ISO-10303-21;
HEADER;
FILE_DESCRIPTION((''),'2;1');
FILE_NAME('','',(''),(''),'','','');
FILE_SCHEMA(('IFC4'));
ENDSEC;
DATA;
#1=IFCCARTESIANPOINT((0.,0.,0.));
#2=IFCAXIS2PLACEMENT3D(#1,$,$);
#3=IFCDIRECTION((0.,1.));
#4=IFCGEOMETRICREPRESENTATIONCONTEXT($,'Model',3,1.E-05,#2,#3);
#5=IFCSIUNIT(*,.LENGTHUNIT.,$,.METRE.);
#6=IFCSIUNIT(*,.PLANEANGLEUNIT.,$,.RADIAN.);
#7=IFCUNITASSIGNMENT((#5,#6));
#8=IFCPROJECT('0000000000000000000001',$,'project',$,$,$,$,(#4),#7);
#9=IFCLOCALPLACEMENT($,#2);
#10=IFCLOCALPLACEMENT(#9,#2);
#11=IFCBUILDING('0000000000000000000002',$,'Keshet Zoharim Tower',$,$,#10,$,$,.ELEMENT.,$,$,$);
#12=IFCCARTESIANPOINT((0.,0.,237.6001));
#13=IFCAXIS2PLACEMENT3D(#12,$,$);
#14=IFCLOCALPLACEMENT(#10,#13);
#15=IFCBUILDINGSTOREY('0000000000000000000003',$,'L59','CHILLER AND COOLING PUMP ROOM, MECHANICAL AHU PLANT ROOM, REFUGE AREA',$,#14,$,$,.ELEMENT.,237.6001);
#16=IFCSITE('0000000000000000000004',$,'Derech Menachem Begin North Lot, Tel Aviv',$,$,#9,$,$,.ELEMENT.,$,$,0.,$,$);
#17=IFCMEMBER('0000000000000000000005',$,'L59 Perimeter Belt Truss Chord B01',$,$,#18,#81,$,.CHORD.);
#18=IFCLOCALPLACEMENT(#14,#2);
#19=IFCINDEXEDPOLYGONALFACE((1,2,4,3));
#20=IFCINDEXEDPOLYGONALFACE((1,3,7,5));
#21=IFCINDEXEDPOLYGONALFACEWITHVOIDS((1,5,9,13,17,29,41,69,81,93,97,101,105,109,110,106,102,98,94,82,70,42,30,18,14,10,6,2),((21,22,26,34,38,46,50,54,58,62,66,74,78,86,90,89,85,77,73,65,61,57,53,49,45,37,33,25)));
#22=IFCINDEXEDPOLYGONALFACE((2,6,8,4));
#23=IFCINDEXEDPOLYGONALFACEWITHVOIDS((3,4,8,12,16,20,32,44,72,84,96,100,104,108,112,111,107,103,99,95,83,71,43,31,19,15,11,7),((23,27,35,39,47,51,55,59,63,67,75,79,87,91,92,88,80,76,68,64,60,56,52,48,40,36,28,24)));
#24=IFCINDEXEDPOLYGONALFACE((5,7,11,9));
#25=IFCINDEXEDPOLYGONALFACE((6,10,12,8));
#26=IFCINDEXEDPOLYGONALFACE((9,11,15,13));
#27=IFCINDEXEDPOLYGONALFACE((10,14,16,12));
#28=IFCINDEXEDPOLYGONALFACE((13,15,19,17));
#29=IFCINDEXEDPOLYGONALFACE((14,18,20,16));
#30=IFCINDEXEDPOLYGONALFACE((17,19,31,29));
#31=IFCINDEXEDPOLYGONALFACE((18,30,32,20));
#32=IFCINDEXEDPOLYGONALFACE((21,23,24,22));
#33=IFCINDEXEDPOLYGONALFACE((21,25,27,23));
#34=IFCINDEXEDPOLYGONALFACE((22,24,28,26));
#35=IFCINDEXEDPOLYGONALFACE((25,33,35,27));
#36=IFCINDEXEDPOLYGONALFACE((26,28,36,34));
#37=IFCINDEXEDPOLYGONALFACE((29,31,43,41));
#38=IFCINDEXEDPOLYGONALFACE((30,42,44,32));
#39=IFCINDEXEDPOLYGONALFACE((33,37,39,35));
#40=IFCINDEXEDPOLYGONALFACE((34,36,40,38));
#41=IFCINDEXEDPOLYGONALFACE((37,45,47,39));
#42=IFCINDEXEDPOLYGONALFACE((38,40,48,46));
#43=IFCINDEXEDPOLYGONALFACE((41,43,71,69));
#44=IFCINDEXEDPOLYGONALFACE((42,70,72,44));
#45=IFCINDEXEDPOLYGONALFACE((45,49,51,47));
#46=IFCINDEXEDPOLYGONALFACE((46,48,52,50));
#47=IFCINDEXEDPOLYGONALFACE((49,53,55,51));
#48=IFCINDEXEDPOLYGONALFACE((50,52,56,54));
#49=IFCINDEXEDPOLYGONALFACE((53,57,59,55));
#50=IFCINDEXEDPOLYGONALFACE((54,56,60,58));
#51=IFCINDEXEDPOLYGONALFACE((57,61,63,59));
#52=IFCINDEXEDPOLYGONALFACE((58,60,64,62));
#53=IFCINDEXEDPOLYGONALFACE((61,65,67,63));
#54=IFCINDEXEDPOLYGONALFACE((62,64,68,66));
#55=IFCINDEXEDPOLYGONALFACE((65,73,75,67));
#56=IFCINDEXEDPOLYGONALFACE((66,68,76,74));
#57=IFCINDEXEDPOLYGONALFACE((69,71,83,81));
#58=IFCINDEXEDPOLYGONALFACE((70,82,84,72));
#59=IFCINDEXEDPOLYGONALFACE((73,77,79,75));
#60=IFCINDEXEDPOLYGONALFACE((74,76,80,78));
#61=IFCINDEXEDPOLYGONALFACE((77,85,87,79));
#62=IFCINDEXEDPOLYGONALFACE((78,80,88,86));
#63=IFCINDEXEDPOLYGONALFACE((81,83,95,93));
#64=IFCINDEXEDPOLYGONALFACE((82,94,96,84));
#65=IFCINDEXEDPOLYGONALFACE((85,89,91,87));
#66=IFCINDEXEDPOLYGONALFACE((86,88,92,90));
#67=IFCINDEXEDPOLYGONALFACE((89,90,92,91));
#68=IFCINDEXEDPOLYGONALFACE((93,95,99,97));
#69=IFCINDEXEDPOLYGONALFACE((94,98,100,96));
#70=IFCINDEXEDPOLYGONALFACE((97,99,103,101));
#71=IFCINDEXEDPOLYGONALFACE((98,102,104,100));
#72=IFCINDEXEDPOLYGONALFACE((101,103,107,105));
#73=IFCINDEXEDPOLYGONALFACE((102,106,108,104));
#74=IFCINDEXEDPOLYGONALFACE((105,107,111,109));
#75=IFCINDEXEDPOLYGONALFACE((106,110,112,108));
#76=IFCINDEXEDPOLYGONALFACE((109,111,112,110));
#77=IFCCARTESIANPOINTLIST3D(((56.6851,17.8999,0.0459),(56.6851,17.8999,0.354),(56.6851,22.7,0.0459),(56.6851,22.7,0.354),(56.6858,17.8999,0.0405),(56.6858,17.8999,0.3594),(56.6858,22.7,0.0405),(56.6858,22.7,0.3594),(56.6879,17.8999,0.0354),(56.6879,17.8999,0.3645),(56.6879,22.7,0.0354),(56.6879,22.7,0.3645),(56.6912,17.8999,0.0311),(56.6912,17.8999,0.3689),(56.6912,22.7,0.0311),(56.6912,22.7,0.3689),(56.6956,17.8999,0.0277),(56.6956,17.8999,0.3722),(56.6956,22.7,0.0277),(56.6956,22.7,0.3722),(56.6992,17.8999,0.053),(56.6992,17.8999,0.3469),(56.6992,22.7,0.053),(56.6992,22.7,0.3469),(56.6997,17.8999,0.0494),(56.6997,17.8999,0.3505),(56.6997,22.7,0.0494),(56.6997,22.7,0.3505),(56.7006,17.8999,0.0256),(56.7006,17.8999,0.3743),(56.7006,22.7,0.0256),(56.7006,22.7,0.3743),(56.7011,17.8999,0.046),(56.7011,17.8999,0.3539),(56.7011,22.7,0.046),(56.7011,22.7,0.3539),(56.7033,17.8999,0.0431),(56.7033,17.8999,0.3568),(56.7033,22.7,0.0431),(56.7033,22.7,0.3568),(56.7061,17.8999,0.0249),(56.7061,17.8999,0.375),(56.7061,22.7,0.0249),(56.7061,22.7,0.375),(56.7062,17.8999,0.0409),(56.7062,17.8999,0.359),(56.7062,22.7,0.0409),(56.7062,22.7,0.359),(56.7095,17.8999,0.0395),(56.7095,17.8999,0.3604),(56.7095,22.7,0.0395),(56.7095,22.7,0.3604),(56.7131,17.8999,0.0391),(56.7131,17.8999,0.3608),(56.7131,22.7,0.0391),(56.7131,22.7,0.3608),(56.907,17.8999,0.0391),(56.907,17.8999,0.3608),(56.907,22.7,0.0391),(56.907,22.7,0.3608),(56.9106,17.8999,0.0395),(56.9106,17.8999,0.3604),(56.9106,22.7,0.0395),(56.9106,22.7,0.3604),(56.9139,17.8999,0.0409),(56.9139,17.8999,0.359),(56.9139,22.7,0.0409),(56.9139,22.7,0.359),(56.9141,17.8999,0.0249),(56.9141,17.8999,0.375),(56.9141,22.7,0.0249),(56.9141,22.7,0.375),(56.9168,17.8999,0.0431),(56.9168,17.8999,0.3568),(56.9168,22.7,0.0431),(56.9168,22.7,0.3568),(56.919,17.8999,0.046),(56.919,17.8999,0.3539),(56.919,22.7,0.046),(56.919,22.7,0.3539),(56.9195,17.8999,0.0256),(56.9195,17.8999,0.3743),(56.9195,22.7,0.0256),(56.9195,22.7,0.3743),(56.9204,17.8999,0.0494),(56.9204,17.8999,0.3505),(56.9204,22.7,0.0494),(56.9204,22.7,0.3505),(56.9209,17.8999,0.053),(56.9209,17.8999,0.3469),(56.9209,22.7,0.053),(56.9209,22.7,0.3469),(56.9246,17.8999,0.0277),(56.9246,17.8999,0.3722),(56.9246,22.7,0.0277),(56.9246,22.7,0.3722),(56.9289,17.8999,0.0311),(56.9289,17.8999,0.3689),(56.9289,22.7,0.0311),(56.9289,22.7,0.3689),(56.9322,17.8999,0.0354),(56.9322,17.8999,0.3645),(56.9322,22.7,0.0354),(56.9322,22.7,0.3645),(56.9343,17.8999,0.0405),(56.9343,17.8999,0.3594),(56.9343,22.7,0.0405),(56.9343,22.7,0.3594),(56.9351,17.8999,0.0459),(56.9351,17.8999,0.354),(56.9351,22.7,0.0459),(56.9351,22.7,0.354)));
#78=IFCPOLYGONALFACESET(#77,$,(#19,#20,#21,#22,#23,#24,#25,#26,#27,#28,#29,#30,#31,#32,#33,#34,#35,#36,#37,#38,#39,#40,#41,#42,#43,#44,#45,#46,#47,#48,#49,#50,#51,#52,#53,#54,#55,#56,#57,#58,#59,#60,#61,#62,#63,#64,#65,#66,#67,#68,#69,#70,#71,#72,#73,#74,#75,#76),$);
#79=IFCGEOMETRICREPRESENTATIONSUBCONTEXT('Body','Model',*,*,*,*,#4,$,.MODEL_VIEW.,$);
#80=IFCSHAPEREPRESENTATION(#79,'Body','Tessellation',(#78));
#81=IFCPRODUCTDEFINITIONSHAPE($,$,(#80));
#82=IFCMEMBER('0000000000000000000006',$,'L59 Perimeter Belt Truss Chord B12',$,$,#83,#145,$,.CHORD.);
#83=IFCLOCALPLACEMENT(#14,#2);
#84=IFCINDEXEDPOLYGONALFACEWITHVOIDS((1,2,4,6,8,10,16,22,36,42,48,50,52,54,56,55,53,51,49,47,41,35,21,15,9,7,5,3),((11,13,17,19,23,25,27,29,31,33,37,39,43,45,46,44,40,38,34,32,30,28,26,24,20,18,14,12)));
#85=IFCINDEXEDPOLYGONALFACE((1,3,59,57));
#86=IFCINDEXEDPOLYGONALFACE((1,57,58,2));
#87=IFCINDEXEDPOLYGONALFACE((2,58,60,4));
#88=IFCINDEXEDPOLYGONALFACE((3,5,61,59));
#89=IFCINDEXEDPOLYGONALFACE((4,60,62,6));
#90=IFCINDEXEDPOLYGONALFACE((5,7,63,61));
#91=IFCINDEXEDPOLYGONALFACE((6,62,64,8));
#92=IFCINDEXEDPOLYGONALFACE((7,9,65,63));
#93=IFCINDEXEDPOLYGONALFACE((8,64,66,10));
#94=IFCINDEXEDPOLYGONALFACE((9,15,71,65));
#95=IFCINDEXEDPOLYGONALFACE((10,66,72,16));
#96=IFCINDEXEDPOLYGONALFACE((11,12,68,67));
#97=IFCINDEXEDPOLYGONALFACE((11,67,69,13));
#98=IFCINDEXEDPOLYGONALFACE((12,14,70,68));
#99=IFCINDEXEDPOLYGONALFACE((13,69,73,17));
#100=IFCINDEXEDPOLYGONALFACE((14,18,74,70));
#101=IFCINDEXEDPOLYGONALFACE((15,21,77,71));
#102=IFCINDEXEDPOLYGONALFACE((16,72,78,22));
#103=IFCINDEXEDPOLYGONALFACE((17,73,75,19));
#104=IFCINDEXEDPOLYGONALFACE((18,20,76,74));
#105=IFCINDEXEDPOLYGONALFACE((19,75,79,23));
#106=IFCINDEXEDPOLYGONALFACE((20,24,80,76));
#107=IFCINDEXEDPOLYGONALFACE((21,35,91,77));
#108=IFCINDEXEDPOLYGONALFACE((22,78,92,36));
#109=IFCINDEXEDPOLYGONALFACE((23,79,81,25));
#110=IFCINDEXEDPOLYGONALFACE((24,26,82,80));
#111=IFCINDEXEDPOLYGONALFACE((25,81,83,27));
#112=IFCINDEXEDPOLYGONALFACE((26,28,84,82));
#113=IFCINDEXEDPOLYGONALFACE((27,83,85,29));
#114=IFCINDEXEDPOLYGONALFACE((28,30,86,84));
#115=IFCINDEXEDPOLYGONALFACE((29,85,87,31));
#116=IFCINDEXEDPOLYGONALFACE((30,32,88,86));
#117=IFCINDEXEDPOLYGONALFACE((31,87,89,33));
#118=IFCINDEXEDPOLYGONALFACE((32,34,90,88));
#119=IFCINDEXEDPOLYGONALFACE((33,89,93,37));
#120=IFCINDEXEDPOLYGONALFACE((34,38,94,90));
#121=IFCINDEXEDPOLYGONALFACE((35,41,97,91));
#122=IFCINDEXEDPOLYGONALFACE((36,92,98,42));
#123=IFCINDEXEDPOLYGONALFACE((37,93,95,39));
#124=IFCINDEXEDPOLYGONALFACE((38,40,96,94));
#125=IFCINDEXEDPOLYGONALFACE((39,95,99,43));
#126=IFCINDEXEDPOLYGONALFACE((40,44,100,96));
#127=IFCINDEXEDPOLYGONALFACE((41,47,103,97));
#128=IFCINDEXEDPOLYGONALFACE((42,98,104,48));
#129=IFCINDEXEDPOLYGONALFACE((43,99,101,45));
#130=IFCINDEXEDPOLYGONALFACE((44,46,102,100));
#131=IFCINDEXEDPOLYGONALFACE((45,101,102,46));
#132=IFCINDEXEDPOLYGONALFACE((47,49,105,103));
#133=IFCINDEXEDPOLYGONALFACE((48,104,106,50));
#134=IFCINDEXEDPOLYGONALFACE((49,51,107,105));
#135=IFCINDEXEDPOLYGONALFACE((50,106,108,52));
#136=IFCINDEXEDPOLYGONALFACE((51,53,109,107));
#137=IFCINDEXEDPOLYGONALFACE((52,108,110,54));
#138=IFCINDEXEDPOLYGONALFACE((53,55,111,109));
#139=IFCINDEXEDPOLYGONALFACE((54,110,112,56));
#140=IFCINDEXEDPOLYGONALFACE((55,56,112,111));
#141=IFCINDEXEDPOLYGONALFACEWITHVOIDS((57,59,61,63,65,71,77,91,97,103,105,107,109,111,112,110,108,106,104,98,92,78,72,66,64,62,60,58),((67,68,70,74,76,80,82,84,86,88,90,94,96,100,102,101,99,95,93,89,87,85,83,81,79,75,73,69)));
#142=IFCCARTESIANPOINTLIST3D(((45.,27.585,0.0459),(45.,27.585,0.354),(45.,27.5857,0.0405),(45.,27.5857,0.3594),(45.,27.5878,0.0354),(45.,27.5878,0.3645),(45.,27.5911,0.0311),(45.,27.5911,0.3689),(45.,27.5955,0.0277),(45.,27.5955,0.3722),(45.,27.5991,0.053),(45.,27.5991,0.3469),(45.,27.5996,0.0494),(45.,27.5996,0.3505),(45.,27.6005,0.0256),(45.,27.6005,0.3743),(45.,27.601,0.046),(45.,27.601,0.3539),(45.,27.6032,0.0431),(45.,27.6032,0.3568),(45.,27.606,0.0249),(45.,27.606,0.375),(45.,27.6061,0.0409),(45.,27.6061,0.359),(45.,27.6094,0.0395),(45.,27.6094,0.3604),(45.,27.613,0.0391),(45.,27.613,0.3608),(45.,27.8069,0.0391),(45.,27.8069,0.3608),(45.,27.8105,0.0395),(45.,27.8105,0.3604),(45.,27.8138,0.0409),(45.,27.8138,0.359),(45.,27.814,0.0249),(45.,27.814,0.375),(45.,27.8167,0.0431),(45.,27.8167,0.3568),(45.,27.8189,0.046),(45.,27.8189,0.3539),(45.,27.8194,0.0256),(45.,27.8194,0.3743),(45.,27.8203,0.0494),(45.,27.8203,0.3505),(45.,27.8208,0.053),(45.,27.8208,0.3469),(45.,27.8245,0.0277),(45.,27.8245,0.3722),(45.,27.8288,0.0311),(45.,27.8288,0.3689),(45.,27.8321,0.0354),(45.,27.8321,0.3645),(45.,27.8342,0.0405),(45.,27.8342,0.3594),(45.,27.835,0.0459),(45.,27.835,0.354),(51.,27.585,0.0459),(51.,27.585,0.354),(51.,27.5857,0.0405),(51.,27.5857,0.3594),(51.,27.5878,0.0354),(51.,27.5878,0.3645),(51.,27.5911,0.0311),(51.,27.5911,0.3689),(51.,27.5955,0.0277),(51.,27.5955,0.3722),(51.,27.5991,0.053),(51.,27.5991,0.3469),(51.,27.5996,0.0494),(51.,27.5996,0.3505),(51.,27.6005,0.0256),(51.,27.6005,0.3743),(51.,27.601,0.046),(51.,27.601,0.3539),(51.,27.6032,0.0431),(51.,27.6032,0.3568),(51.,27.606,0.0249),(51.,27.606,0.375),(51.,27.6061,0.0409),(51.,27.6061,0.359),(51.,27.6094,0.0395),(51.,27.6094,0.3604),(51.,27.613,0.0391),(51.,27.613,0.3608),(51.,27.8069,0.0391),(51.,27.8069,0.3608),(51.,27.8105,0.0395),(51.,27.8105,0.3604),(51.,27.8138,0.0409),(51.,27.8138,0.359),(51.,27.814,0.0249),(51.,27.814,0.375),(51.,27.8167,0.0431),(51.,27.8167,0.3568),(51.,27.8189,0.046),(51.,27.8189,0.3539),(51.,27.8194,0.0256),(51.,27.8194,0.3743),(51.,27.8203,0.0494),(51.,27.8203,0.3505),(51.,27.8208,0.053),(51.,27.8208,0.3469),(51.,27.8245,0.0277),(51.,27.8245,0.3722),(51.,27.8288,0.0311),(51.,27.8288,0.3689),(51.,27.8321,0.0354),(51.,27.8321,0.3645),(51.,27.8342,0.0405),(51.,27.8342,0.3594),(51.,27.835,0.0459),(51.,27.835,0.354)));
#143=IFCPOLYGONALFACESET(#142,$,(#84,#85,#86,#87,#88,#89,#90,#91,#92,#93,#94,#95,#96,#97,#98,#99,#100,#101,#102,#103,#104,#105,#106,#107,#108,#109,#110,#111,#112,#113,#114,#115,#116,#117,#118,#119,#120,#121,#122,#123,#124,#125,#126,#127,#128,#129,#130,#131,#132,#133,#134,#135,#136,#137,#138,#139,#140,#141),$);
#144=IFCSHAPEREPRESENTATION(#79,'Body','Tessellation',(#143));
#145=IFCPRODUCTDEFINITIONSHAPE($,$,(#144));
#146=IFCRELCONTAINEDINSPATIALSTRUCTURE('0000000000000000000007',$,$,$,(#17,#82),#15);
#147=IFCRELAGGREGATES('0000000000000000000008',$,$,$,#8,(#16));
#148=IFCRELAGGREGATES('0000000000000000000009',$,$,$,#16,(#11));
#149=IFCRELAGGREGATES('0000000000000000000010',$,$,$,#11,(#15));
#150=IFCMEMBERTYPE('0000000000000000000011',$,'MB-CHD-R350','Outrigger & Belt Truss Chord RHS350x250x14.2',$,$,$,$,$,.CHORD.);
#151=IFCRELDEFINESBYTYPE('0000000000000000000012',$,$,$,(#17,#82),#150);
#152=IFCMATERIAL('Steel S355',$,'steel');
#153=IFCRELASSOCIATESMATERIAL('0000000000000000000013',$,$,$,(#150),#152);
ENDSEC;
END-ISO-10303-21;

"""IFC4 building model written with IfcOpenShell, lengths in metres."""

from ifc_helpers import new_model, si_unit, direction, frame, origin, origin_2d, place, context, subcontext, project, spatial, hollow_rectangle, extrude, material, material_profile, profile_set, type_object, element, save


model = new_model("IFC4")

# Units and contexts
model_context = context("Model", 3, precision=1e-05, world=origin(), true_north=direction((0.0, 1.0)))
body_context = subcontext(model_context, "Body", "Model", "MODEL_VIEW")
ifc_project = project(units=[si_unit("LENGTHUNIT", "METRE"), si_unit("PLANEANGLEUNIT", "RADIAN")], contexts=[model_context])

# Site, building, storey
site_placement = place(None, origin())
site = spatial("IfcSite", under=ifc_project, at=site_placement, Name="Derech Menachem Begin North Lot, Tel Aviv", CompositionType="ELEMENT", RefElevation=0.0)
building_placement = place(site_placement, origin())
building = spatial("IfcBuilding", under=site, at=building_placement, Name="Keshet Zoharim Tower", CompositionType="ELEMENT")
storey_placement = place(building_placement, frame((0.0, 0.0, 237.6001)))
storey = spatial("IfcBuildingStorey", under=building, at=storey_placement, Name="L59", Description="CHILLER AND COOLING PUMP ROOM, MECHANICAL AHU PLANT ROOM, REFUGE AREA", CompositionType="ELEMENT", Elevation=237.6001)

# Shared definitions
ifc_material_1 = material(Name="Steel S355", Category="steel")

# Members
ifc_material_profile_1 = material_profile(ifc_material_1, hollow_rectangle(XDim=0.25, YDim=0.3501, WallThickness=0.0142, InnerFilletRadius=0.0139, OuterFilletRadius=0.021, at=origin_2d()), Name="RHS350x250x14.2")
ifc_profile_set_1 = profile_set([ifc_material_profile_1], Name="Steel S355")
member_type_1 = type_object("IfcMemberType", Name="MB-CHD-R350", Description="Outrigger & Belt Truss Chord RHS350x250x14.2", PredefinedType="CHORD", material=ifc_profile_set_1)
member_1_placement = place(storey_placement, frame((56.8101, 22.7, 0.2), z_axis=(0.0, -1.0, 0.0), x_axis=(1.0, 0.0, 0.0)))
element("IfcMember", 1, at=member_1_placement, inside=storey, type_object=member_type_1, Name="L59 Perimeter Belt Truss Chord B01", PredefinedType="CHORD", context=body_context, shape_type="SweptSolid", body=[
    extrude(hollow_rectangle(XDim=0.25, YDim=0.3501, WallThickness=0.0142, InnerFilletRadius=0.0139, OuterFilletRadius=0.021, at=origin_2d()), origin(), (0.0, 0.0, 1.0), 4.8),
])
member_2_placement = place(storey_placement, frame((45.0, 27.71, 0.2), z_axis=(1.0, 0.0, 0.0), x_axis=(0.0, 1.0, 0.0)))
element("IfcMember", 2, at=member_2_placement, inside=storey, type_object=member_type_1, Name="L59 Perimeter Belt Truss Chord B12", PredefinedType="CHORD", context=body_context, shape_type="SweptSolid", body=[
    extrude(hollow_rectangle(XDim=0.25, YDim=0.3501, WallThickness=0.0142, InnerFilletRadius=0.0139, OuterFilletRadius=0.021, at=origin_2d()), origin(), (0.0, 0.0, 1.0), 6.0),
])

save(model, "model.ifc")
